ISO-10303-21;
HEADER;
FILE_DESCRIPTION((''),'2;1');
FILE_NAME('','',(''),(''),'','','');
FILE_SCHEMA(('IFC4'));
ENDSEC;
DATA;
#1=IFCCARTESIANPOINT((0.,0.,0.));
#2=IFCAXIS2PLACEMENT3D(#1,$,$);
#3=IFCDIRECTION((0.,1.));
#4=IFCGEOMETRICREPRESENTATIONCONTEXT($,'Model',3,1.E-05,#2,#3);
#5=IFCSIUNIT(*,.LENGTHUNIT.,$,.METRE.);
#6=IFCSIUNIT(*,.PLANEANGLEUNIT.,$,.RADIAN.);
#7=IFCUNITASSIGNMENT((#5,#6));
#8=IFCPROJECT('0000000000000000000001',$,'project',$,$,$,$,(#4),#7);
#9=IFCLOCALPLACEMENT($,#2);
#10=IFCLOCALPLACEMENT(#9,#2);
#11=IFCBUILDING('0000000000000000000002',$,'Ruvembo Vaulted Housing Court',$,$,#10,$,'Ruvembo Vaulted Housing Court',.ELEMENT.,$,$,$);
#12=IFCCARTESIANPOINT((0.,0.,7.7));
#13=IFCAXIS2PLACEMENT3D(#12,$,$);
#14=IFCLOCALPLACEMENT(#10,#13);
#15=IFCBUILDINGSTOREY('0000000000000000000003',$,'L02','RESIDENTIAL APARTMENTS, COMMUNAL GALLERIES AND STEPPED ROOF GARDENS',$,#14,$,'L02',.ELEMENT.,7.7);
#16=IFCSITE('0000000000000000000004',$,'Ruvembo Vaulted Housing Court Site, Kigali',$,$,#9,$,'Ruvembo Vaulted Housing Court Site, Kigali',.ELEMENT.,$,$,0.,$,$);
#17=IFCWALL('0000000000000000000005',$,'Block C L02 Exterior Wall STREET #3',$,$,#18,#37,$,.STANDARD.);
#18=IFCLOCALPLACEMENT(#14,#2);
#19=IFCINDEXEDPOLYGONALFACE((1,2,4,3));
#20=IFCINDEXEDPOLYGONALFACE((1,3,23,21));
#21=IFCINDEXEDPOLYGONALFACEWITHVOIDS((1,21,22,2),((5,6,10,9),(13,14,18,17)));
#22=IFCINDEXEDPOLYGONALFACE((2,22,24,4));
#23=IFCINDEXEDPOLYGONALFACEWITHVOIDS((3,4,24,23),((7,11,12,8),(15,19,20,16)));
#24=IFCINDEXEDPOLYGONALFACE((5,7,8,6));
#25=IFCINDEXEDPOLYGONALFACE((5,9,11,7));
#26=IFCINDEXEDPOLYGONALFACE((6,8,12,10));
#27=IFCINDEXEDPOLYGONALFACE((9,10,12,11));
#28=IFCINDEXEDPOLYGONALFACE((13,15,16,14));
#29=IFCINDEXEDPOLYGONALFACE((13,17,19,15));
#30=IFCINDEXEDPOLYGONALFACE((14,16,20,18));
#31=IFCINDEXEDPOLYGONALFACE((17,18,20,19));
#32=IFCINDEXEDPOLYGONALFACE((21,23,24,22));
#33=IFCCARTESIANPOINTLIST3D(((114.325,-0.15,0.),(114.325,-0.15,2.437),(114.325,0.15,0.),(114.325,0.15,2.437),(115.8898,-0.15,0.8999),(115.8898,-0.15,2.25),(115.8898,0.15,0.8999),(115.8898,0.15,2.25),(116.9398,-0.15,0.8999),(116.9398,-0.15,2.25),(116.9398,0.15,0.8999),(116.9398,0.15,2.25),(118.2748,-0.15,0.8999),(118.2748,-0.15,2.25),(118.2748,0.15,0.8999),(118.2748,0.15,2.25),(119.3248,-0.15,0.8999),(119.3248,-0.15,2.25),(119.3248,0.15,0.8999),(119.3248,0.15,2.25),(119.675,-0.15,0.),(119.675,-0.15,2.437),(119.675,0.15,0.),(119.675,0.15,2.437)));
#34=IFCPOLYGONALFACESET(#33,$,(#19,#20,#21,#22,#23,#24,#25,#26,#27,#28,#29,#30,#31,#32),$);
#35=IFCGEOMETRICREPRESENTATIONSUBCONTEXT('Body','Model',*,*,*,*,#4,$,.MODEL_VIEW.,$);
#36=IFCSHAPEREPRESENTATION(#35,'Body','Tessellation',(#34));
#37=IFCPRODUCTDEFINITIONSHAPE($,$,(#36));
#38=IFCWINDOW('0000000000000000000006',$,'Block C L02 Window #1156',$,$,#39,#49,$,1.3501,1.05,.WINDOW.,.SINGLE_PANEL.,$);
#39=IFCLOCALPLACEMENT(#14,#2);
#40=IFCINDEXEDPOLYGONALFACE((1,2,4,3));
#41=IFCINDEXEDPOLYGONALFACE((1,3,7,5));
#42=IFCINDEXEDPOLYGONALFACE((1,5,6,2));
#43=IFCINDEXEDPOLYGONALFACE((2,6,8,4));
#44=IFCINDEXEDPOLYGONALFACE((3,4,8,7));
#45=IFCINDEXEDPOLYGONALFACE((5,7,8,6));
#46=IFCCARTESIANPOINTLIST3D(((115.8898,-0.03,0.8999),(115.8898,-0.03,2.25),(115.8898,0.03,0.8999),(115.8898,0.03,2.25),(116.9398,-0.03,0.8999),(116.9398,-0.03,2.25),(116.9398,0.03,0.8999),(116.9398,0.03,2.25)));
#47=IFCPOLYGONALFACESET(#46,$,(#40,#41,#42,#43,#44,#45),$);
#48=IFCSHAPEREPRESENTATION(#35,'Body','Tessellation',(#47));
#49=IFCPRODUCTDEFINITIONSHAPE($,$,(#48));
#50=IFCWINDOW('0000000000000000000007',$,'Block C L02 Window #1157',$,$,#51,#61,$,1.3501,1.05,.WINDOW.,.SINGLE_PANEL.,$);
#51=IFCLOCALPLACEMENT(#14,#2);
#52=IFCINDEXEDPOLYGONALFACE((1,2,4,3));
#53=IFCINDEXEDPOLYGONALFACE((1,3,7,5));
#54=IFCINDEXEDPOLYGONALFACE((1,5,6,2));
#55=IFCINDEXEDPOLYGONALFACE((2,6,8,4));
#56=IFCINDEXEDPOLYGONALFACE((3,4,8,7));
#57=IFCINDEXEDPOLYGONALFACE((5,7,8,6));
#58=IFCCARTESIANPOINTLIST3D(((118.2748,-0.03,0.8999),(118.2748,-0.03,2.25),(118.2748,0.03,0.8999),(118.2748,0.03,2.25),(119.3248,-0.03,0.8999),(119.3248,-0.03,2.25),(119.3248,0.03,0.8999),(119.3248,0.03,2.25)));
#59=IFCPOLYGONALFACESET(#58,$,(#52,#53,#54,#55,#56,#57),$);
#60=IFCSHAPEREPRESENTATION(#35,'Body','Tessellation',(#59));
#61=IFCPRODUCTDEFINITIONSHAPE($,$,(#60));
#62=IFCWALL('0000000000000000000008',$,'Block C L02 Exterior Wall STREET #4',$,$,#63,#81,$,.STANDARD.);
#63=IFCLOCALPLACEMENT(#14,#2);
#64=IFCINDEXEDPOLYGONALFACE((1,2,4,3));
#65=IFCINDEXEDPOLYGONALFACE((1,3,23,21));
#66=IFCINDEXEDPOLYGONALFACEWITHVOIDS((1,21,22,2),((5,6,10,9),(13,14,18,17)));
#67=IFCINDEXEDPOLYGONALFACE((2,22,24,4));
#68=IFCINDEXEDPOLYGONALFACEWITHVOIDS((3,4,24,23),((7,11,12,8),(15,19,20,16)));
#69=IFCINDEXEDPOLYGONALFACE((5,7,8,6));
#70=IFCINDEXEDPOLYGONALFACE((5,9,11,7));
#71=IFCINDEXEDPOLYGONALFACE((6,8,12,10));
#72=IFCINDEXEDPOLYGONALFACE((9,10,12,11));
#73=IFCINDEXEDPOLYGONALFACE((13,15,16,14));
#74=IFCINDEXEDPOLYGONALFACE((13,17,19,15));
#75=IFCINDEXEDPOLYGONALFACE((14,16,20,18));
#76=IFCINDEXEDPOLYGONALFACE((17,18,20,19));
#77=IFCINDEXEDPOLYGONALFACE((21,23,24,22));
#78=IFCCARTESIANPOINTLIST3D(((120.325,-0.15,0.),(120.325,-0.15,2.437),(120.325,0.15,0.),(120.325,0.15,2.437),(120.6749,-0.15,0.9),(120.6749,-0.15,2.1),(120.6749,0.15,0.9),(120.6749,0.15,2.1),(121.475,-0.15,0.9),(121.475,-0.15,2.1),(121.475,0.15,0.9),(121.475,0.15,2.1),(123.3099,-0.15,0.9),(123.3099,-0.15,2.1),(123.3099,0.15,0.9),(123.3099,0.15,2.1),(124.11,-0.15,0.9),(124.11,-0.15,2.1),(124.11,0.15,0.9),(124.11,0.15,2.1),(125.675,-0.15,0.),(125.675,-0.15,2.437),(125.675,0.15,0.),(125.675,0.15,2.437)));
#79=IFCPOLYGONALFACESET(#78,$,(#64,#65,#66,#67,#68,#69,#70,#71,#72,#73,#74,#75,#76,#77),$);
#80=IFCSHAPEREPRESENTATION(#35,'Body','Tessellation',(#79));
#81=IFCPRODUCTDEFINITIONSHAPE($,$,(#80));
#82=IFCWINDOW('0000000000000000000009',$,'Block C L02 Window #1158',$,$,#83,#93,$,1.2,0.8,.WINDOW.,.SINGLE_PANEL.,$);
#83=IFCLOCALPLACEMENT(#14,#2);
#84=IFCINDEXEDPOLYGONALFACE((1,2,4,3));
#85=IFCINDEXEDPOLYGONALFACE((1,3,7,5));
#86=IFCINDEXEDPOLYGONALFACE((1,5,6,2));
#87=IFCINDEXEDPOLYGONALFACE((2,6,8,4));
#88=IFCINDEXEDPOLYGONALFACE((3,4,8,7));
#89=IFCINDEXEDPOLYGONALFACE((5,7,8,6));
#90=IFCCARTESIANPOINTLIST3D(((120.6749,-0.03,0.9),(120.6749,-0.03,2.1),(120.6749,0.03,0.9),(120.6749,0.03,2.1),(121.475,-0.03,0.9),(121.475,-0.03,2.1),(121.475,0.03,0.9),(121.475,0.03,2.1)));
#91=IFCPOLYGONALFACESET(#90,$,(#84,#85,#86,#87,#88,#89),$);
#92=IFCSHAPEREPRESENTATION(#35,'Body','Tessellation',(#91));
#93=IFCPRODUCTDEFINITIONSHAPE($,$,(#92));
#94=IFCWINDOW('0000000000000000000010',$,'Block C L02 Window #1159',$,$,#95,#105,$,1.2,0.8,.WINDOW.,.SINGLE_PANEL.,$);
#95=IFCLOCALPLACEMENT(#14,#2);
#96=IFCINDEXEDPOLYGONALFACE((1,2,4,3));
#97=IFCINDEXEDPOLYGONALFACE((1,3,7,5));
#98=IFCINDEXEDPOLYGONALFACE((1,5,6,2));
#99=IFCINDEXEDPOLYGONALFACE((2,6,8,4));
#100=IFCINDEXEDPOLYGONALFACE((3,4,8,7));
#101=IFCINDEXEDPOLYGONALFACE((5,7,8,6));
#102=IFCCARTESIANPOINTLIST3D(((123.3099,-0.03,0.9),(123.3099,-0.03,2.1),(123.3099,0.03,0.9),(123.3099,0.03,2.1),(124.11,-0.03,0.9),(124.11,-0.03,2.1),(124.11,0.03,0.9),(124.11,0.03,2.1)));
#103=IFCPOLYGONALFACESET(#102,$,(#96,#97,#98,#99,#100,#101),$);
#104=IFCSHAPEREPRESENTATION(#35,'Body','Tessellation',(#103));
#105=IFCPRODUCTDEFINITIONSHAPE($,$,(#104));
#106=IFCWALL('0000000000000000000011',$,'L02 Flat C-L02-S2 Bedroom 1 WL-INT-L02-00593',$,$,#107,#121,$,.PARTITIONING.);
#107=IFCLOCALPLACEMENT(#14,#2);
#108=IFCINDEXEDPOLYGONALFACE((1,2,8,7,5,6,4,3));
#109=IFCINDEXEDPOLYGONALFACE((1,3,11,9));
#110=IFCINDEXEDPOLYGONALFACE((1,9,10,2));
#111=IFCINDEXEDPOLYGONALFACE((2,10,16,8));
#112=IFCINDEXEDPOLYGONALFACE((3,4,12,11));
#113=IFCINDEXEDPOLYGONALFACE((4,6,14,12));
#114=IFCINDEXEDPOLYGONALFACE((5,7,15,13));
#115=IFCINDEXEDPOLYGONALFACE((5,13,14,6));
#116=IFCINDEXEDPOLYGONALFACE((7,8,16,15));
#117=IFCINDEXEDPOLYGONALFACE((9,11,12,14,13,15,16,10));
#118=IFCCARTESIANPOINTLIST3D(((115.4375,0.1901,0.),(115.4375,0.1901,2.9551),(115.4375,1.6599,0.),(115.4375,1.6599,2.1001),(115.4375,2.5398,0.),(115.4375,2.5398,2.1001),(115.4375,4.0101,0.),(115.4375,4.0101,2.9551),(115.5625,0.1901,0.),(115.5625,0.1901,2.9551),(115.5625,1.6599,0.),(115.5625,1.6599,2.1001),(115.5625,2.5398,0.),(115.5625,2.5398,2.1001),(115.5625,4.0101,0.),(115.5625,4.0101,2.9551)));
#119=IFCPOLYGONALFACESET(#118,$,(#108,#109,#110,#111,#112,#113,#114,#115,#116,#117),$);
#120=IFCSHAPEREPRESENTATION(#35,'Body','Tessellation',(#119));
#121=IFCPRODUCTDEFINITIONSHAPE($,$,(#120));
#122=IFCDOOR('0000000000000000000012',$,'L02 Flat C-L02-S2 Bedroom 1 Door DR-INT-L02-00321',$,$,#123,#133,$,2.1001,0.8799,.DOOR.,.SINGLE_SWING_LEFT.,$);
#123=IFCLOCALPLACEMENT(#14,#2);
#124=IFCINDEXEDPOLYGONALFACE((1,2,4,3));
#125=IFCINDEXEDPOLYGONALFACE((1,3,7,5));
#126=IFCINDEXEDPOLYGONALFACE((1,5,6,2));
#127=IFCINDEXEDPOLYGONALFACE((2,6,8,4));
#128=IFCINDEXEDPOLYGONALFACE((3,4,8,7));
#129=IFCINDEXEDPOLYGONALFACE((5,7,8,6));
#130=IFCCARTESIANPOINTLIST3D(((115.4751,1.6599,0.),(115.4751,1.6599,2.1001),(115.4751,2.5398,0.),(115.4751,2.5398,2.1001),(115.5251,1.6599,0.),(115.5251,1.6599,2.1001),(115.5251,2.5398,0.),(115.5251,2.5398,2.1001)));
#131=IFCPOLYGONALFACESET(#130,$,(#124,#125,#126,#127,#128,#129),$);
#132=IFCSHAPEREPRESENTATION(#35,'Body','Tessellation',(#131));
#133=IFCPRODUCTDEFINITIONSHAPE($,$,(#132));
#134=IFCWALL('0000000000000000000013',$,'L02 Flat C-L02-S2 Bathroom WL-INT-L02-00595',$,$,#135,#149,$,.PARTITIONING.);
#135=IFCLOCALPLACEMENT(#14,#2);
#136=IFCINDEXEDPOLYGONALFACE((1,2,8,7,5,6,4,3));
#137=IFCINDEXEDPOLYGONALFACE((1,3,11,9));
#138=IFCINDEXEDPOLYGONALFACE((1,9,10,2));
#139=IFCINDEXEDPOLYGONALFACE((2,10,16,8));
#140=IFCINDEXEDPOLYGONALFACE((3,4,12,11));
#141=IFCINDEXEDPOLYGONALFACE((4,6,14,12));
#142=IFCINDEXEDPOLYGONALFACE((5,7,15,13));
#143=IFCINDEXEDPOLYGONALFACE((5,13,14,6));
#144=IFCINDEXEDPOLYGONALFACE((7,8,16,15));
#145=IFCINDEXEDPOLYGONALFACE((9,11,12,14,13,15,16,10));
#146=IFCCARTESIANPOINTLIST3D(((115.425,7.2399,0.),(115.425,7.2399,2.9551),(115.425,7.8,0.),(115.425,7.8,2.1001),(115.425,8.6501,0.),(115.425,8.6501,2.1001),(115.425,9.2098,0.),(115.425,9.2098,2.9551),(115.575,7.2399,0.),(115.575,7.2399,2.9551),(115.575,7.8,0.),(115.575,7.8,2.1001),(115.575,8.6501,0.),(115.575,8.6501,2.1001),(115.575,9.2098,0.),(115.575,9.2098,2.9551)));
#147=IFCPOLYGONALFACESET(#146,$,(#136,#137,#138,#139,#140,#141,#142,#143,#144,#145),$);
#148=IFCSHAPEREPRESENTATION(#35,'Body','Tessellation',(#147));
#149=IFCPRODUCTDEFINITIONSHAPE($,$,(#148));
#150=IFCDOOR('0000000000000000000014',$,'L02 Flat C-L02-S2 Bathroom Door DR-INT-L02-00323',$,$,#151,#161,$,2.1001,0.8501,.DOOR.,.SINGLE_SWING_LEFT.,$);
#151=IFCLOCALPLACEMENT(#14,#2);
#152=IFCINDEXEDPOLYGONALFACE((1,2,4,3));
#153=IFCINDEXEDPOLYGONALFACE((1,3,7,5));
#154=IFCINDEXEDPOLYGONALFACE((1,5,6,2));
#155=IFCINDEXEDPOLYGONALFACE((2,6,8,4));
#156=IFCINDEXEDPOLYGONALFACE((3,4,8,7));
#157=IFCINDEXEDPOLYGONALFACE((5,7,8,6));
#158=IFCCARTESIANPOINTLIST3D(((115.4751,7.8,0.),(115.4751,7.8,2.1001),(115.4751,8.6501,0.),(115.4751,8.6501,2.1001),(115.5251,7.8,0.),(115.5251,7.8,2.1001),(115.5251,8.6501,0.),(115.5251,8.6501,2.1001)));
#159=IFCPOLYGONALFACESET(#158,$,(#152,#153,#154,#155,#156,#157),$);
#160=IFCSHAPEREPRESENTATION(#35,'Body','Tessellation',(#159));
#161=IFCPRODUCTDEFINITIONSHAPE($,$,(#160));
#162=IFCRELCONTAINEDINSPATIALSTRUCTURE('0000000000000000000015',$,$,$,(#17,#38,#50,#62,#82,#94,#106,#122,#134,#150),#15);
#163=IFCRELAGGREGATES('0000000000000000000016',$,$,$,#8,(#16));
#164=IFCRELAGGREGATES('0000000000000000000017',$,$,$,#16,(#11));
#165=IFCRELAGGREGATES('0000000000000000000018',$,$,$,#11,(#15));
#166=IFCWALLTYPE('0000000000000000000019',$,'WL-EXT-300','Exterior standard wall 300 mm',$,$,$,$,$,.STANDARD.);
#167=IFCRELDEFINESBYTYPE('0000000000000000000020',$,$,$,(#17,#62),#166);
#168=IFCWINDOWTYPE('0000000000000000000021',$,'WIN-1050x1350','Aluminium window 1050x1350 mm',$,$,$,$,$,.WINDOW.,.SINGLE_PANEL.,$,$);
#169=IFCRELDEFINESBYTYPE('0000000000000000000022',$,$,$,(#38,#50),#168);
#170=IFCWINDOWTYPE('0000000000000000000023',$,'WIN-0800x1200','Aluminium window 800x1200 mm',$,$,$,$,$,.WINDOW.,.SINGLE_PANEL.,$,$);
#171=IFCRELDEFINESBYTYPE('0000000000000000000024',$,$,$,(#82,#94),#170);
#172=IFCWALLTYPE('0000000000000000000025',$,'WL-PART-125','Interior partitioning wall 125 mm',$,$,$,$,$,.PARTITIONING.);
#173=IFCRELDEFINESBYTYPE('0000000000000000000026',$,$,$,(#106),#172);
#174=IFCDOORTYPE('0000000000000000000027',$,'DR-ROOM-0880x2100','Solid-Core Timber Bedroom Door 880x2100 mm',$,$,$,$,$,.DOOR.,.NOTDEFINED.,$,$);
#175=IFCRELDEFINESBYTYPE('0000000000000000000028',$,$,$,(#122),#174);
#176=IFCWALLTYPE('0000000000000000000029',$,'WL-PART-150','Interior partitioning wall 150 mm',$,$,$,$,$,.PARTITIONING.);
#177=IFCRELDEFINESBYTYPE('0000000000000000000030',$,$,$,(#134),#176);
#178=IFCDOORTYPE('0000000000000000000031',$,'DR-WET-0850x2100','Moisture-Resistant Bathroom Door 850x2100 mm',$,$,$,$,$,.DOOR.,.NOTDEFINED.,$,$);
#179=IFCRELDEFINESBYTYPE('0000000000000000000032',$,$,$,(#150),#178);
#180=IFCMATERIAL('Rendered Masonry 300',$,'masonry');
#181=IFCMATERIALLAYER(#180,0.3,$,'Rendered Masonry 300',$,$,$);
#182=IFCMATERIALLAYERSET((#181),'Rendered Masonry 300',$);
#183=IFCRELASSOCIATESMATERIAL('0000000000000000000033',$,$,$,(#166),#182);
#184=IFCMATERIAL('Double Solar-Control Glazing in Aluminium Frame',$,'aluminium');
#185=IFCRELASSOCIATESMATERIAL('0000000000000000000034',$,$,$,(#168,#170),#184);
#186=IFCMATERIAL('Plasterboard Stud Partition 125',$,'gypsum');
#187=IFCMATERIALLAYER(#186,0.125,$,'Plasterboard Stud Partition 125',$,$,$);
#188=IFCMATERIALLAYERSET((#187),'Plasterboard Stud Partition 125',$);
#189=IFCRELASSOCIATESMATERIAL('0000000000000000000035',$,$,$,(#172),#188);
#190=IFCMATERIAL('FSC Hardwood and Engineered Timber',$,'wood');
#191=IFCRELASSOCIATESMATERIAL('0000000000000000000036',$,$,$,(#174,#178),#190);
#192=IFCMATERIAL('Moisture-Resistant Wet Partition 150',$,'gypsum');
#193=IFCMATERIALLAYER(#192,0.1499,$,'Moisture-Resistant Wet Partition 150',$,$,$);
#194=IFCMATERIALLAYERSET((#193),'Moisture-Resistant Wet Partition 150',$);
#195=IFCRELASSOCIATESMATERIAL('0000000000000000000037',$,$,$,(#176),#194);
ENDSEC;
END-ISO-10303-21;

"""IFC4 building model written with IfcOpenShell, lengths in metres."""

from ifc_helpers import new_model, si_unit, direction, frame, frame_2d, origin, place, context, subcontext, project, spatial, rectangle, extrude, material, layer, layer_set, type_object, element, fill, save


model = new_model("IFC4")

# Units and contexts
model_context = context("Model", 3, precision=1e-05, world=origin(), true_north=direction((0.0, 1.0)))
body_context = subcontext(model_context, "Body", "Model", "MODEL_VIEW")
ifc_project = project(units=[si_unit("LENGTHUNIT", "METRE"), si_unit("PLANEANGLEUNIT", "RADIAN")], contexts=[model_context])

# Site, building, storey
site_placement = place(None, origin())
site = spatial("IfcSite", under=ifc_project, at=site_placement, Name="Ruvembo Vaulted Housing Court Site, Kigali", LongName="Ruvembo Vaulted Housing Court Site, Kigali", CompositionType="ELEMENT", RefElevation=0.0)
building_placement = place(site_placement, origin())
building = spatial("IfcBuilding", under=site, at=building_placement, Name="Ruvembo Vaulted Housing Court", LongName="Ruvembo Vaulted Housing Court", CompositionType="ELEMENT")
storey_placement = place(building_placement, frame((0.0, 0.0, 7.7)))
storey = spatial("IfcBuildingStorey", under=building, at=storey_placement, Name="L02", Description="RESIDENTIAL APARTMENTS, COMMUNAL GALLERIES AND STEPPED ROOF GARDENS", LongName="L02", CompositionType="ELEMENT", Elevation=7.7)

# Shared definitions
ifc_material_1 = material(Name="FSC Hardwood and Engineered Timber", Category="wood")

# Walls, openings, windows
ifc_material_2 = material(Name="Rendered Masonry 300", Category="masonry")
ifc_layer_1 = layer(ifc_material_2, 0.3, Name="Rendered Masonry 300")
ifc_layer_set_1 = layer_set([ifc_layer_1], Name="Rendered Masonry 300")
wall_type_1 = type_object("IfcWallType", Name="WL-EXT-300", Description="Exterior standard wall 300 mm", PredefinedType="STANDARD", material=ifc_layer_set_1)
wall_1_placement = place(storey_placement, frame((114.325, 0.0, 0.0), z_axis=(0.0, 0.0, 1.0), x_axis=(1.0, 0.0, 0.0)))
wall_1 = element("IfcWall", 1, at=wall_1_placement, inside=storey, type_object=wall_type_1, Name="Block C L02 Exterior Wall STREET #3", PredefinedType="STANDARD", context=body_context, shape_type="SweptSolid", body=[
    extrude(rectangle(XDim=5.3501, YDim=0.3, at=frame_2d((2.675, 0.0))), origin(), (0.0, 0.0, 1.0), 2.437),
])
opening_1_placement = place(wall_1_placement, frame((1.5649, 0.0, 0.8999)))
opening_1 = element("IfcOpeningElement", 2, at=opening_1_placement, cuts=wall_1, PredefinedType="OPENING", context=body_context, shape_type="SweptSolid", body=[
    extrude(rectangle(XDim=1.05, YDim=1.3501, at=frame_2d((0.5249, 0.675))), frame((0.0, 0.1599, 0.0), z_axis=(0.0, -1.0, 0.0), x_axis=(1.0, 0.0, 0.0)), (0.0, 0.0, 1.0), 0.3201),
])
opening_2_placement = place(wall_1_placement, frame((3.95, 0.0, 0.8999)))
opening_2 = element("IfcOpeningElement", 3, at=opening_2_placement, cuts=wall_1, PredefinedType="OPENING", context=body_context, shape_type="SweptSolid", body=[
    extrude(rectangle(XDim=1.05, YDim=1.3501, at=frame_2d((0.5249, 0.675))), frame((0.0, 0.1599, 0.0), z_axis=(0.0, -1.0, 0.0), x_axis=(1.0, 0.0, 0.0)), (0.0, 0.0, 1.0), 0.3201),
])
ifc_material_3 = material(Name="Double Solar-Control Glazing in Aluminium Frame", Category="aluminium")
window_type_1 = type_object("IfcWindowType", Name="WIN-1050x1350", Description="Aluminium window 1050x1350 mm", PartitioningType="SINGLE_PANEL", PredefinedType="WINDOW", material=ifc_material_3)
window_1_placement = place(opening_1_placement, origin())
window_1 = element("IfcWindow", 4, at=window_1_placement, inside=storey, type_object=window_type_1, Name="Block C L02 Window #1156", OverallHeight=1.3501, OverallWidth=1.05, PartitioningType="SINGLE_PANEL", PredefinedType="WINDOW", context=body_context, shape_type="SweptSolid", body=[
    extrude(rectangle(XDim=1.05, YDim=1.3501, at=frame_2d((0.5249, 0.675))), frame((0.0, 0.03, 0.0), z_axis=(0.0, -1.0, 0.0), x_axis=(1.0, 0.0, 0.0)), (0.0, 0.0, 1.0), 0.0601),
])
fill(opening_1, window_1)
window_2_placement = place(opening_2_placement, origin())
window_2 = element("IfcWindow", 5, at=window_2_placement, inside=storey, type_object=window_type_1, Name="Block C L02 Window #1157", OverallHeight=1.3501, OverallWidth=1.05, PartitioningType="SINGLE_PANEL", PredefinedType="WINDOW", context=body_context, shape_type="SweptSolid", body=[
    extrude(rectangle(XDim=1.05, YDim=1.3501, at=frame_2d((0.5249, 0.675))), frame((0.0, 0.03, 0.0), z_axis=(0.0, -1.0, 0.0), x_axis=(1.0, 0.0, 0.0)), (0.0, 0.0, 1.0), 0.0601),
])
fill(opening_2, window_2)
wall_2_placement = place(storey_placement, frame((120.325, 0.0, 0.0), z_axis=(0.0, 0.0, 1.0), x_axis=(1.0, 0.0, 0.0)))
wall_2 = element("IfcWall", 6, at=wall_2_placement, inside=storey, type_object=wall_type_1, Name="Block C L02 Exterior Wall STREET #4", PredefinedType="STANDARD", context=body_context, shape_type="SweptSolid", body=[
    extrude(rectangle(XDim=5.3501, YDim=0.3, at=frame_2d((2.675, 0.0))), origin(), (0.0, 0.0, 1.0), 2.437),
])
opening_3_placement = place(wall_2_placement, frame((0.3501, 0.0, 0.8999)))
opening_3 = element("IfcOpeningElement", 7, at=opening_3_placement, cuts=wall_2, PredefinedType="OPENING", context=body_context, shape_type="SweptSolid", body=[
    extrude(rectangle(XDim=0.8, YDim=1.2, at=frame_2d((0.3999, 0.6001))), frame((0.0, 0.1599, 0.0), z_axis=(0.0, -1.0, 0.0), x_axis=(1.0, 0.0, 0.0)), (0.0, 0.0, 1.0), 0.3201),
])
opening_4_placement = place(wall_2_placement, frame((2.9851, 0.0, 0.8999)))
opening_4 = element("IfcOpeningElement", 8, at=opening_4_placement, cuts=wall_2, PredefinedType="OPENING", context=body_context, shape_type="SweptSolid", body=[
    extrude(rectangle(XDim=0.8, YDim=1.2, at=frame_2d((0.3999, 0.6001))), frame((0.0, 0.1599, 0.0), z_axis=(0.0, -1.0, 0.0), x_axis=(1.0, 0.0, 0.0)), (0.0, 0.0, 1.0), 0.3201),
])
window_type_2 = type_object("IfcWindowType", Name="WIN-0800x1200", Description="Aluminium window 800x1200 mm", PartitioningType="SINGLE_PANEL", PredefinedType="WINDOW", material=ifc_material_3)
window_3_placement = place(opening_3_placement, origin())
window_3 = element("IfcWindow", 9, at=window_3_placement, inside=storey, type_object=window_type_2, Name="Block C L02 Window #1158", OverallHeight=1.2, OverallWidth=0.8, PartitioningType="SINGLE_PANEL", PredefinedType="WINDOW", context=body_context, shape_type="SweptSolid", body=[
    extrude(rectangle(XDim=0.8, YDim=1.2, at=frame_2d((0.3999, 0.6001))), frame((0.0, 0.03, 0.0), z_axis=(0.0, -1.0, 0.0), x_axis=(1.0, 0.0, 0.0)), (0.0, 0.0, 1.0), 0.0601),
])
fill(opening_3, window_3)
window_4_placement = place(opening_4_placement, origin())
window_4 = element("IfcWindow", 10, at=window_4_placement, inside=storey, type_object=window_type_2, Name="Block C L02 Window #1159", OverallHeight=1.2, OverallWidth=0.8, PartitioningType="SINGLE_PANEL", PredefinedType="WINDOW", context=body_context, shape_type="SweptSolid", body=[
    extrude(rectangle(XDim=0.8, YDim=1.2, at=frame_2d((0.3999, 0.6001))), frame((0.0, 0.03, 0.0), z_axis=(0.0, -1.0, 0.0), x_axis=(1.0, 0.0, 0.0)), (0.0, 0.0, 1.0), 0.0601),
])
fill(opening_4, window_4)

# Walls, openings, doors
ifc_material_4 = material(Name="Plasterboard Stud Partition 125", Category="gypsum")
ifc_layer_2 = layer(ifc_material_4, 0.125, Name="Plasterboard Stud Partition 125")
ifc_layer_set_2 = layer_set([ifc_layer_2], Name="Plasterboard Stud Partition 125")
wall_type_2 = type_object("IfcWallType", Name="WL-PART-125", Description="Interior partitioning wall 125 mm", PredefinedType="PARTITIONING", material=ifc_layer_set_2)
wall_3_placement = place(storey_placement, frame((115.5, 0.1899, 0.0), z_axis=(0.0, 0.0, 1.0), x_axis=(0.0, 1.0, 0.0)))
wall_3 = element("IfcWall", 11, at=wall_3_placement, inside=storey, type_object=wall_type_2, Name="L02 Flat C-L02-S2 Bedroom 1 WL-INT-L02-00593", PredefinedType="PARTITIONING", context=body_context, shape_type="SweptSolid", body=[
    extrude(rectangle(XDim=3.8201, YDim=0.125, at=frame_2d((1.9102, 0.0))), origin(), (0.0, 0.0, 1.0), 2.9551),
])
opening_5_placement = place(wall_3_placement, frame((1.47, 0.0, 0.0)))
opening_5 = element("IfcOpeningElement", 12, at=opening_5_placement, cuts=wall_3, PredefinedType="OPENING", context=body_context, shape_type="SweptSolid", body=[
    extrude(rectangle(XDim=0.8799, YDim=2.1001, at=frame_2d((0.4399, 1.05))), frame((0.0, 0.0725, 0.0), z_axis=(0.0, -1.0, 0.0), x_axis=(1.0, 0.0, 0.0)), (0.0, 0.0, 1.0), 0.145),
])
door_type_1 = type_object("IfcDoorType", Name="DR-ROOM-0880x2100", Description="Solid-Core Timber Bedroom Door 880x2100 mm", OperationType="NOTDEFINED", PredefinedType="DOOR", material=ifc_material_1)
door_1_placement = place(opening_5_placement, origin())
door_1 = element("IfcDoor", 13, at=door_1_placement, inside=storey, type_object=door_type_1, Name="L02 Flat C-L02-S2 Bedroom 1 Door DR-INT-L02-00321", OperationType="SINGLE_SWING_LEFT", OverallHeight=2.1001, OverallWidth=0.8799, PredefinedType="DOOR", context=body_context, shape_type="SweptSolid", body=[
    extrude(rectangle(XDim=0.8799, YDim=2.1001, at=frame_2d((0.4399, 1.05))), frame((0.0, 0.0249, 0.0), z_axis=(0.0, -1.0, 0.0), x_axis=(1.0, 0.0, 0.0)), (0.0, 0.0, 1.0), 0.05),
])
fill(opening_5, door_1)
ifc_material_5 = material(Name="Moisture-Resistant Wet Partition 150", Category="gypsum")
ifc_layer_3 = layer(ifc_material_5, 0.1499, Name="Moisture-Resistant Wet Partition 150")
ifc_layer_set_3 = layer_set([ifc_layer_3], Name="Moisture-Resistant Wet Partition 150")
wall_type_3 = type_object("IfcWallType", Name="WL-PART-150", Description="Interior partitioning wall 150 mm", PredefinedType="PARTITIONING", material=ifc_layer_set_3)
wall_4_placement = place(storey_placement, frame((115.5, 7.24, 0.0), z_axis=(0.0, 0.0, 1.0), x_axis=(0.0, 1.0, 0.0)))
wall_4 = element("IfcWall", 14, at=wall_4_placement, inside=storey, type_object=wall_type_3, Name="L02 Flat C-L02-S2 Bathroom WL-INT-L02-00595", PredefinedType="PARTITIONING", context=body_context, shape_type="SweptSolid", body=[
    extrude(rectangle(XDim=1.97, YDim=0.1499, at=frame_2d((0.9849, 0.0))), origin(), (0.0, 0.0, 1.0), 2.9551),
])
opening_6_placement = place(wall_4_placement, frame((0.5601, 0.0, 0.0)))
opening_6 = element("IfcOpeningElement", 15, at=opening_6_placement, cuts=wall_4, PredefinedType="OPENING", context=body_context, shape_type="SweptSolid", body=[
    extrude(rectangle(XDim=0.8501, YDim=2.1001, at=frame_2d((0.425, 1.05))), frame((0.0, 0.085, 0.0), z_axis=(0.0, -1.0, 0.0), x_axis=(1.0, 0.0, 0.0)), (0.0, 0.0, 1.0), 0.1699),
])
door_type_2 = type_object("IfcDoorType", Name="DR-WET-0850x2100", Description="Moisture-Resistant Bathroom Door 850x2100 mm", OperationType="NOTDEFINED", PredefinedType="DOOR", material=ifc_material_1)
door_2_placement = place(opening_6_placement, origin())
door_2 = element("IfcDoor", 16, at=door_2_placement, inside=storey, type_object=door_type_2, Name="L02 Flat C-L02-S2 Bathroom Door DR-INT-L02-00323", OperationType="SINGLE_SWING_LEFT", OverallHeight=2.1001, OverallWidth=0.8501, PredefinedType="DOOR", context=body_context, shape_type="SweptSolid", body=[
    extrude(rectangle(XDim=0.8501, YDim=2.1001, at=frame_2d((0.425, 1.05))), frame((0.0, 0.0249, 0.0), z_axis=(0.0, -1.0, 0.0), x_axis=(1.0, 0.0, 0.0)), (0.0, 0.0, 1.0), 0.05),
])
fill(opening_6, door_2)

save(model, "model.ifc")
